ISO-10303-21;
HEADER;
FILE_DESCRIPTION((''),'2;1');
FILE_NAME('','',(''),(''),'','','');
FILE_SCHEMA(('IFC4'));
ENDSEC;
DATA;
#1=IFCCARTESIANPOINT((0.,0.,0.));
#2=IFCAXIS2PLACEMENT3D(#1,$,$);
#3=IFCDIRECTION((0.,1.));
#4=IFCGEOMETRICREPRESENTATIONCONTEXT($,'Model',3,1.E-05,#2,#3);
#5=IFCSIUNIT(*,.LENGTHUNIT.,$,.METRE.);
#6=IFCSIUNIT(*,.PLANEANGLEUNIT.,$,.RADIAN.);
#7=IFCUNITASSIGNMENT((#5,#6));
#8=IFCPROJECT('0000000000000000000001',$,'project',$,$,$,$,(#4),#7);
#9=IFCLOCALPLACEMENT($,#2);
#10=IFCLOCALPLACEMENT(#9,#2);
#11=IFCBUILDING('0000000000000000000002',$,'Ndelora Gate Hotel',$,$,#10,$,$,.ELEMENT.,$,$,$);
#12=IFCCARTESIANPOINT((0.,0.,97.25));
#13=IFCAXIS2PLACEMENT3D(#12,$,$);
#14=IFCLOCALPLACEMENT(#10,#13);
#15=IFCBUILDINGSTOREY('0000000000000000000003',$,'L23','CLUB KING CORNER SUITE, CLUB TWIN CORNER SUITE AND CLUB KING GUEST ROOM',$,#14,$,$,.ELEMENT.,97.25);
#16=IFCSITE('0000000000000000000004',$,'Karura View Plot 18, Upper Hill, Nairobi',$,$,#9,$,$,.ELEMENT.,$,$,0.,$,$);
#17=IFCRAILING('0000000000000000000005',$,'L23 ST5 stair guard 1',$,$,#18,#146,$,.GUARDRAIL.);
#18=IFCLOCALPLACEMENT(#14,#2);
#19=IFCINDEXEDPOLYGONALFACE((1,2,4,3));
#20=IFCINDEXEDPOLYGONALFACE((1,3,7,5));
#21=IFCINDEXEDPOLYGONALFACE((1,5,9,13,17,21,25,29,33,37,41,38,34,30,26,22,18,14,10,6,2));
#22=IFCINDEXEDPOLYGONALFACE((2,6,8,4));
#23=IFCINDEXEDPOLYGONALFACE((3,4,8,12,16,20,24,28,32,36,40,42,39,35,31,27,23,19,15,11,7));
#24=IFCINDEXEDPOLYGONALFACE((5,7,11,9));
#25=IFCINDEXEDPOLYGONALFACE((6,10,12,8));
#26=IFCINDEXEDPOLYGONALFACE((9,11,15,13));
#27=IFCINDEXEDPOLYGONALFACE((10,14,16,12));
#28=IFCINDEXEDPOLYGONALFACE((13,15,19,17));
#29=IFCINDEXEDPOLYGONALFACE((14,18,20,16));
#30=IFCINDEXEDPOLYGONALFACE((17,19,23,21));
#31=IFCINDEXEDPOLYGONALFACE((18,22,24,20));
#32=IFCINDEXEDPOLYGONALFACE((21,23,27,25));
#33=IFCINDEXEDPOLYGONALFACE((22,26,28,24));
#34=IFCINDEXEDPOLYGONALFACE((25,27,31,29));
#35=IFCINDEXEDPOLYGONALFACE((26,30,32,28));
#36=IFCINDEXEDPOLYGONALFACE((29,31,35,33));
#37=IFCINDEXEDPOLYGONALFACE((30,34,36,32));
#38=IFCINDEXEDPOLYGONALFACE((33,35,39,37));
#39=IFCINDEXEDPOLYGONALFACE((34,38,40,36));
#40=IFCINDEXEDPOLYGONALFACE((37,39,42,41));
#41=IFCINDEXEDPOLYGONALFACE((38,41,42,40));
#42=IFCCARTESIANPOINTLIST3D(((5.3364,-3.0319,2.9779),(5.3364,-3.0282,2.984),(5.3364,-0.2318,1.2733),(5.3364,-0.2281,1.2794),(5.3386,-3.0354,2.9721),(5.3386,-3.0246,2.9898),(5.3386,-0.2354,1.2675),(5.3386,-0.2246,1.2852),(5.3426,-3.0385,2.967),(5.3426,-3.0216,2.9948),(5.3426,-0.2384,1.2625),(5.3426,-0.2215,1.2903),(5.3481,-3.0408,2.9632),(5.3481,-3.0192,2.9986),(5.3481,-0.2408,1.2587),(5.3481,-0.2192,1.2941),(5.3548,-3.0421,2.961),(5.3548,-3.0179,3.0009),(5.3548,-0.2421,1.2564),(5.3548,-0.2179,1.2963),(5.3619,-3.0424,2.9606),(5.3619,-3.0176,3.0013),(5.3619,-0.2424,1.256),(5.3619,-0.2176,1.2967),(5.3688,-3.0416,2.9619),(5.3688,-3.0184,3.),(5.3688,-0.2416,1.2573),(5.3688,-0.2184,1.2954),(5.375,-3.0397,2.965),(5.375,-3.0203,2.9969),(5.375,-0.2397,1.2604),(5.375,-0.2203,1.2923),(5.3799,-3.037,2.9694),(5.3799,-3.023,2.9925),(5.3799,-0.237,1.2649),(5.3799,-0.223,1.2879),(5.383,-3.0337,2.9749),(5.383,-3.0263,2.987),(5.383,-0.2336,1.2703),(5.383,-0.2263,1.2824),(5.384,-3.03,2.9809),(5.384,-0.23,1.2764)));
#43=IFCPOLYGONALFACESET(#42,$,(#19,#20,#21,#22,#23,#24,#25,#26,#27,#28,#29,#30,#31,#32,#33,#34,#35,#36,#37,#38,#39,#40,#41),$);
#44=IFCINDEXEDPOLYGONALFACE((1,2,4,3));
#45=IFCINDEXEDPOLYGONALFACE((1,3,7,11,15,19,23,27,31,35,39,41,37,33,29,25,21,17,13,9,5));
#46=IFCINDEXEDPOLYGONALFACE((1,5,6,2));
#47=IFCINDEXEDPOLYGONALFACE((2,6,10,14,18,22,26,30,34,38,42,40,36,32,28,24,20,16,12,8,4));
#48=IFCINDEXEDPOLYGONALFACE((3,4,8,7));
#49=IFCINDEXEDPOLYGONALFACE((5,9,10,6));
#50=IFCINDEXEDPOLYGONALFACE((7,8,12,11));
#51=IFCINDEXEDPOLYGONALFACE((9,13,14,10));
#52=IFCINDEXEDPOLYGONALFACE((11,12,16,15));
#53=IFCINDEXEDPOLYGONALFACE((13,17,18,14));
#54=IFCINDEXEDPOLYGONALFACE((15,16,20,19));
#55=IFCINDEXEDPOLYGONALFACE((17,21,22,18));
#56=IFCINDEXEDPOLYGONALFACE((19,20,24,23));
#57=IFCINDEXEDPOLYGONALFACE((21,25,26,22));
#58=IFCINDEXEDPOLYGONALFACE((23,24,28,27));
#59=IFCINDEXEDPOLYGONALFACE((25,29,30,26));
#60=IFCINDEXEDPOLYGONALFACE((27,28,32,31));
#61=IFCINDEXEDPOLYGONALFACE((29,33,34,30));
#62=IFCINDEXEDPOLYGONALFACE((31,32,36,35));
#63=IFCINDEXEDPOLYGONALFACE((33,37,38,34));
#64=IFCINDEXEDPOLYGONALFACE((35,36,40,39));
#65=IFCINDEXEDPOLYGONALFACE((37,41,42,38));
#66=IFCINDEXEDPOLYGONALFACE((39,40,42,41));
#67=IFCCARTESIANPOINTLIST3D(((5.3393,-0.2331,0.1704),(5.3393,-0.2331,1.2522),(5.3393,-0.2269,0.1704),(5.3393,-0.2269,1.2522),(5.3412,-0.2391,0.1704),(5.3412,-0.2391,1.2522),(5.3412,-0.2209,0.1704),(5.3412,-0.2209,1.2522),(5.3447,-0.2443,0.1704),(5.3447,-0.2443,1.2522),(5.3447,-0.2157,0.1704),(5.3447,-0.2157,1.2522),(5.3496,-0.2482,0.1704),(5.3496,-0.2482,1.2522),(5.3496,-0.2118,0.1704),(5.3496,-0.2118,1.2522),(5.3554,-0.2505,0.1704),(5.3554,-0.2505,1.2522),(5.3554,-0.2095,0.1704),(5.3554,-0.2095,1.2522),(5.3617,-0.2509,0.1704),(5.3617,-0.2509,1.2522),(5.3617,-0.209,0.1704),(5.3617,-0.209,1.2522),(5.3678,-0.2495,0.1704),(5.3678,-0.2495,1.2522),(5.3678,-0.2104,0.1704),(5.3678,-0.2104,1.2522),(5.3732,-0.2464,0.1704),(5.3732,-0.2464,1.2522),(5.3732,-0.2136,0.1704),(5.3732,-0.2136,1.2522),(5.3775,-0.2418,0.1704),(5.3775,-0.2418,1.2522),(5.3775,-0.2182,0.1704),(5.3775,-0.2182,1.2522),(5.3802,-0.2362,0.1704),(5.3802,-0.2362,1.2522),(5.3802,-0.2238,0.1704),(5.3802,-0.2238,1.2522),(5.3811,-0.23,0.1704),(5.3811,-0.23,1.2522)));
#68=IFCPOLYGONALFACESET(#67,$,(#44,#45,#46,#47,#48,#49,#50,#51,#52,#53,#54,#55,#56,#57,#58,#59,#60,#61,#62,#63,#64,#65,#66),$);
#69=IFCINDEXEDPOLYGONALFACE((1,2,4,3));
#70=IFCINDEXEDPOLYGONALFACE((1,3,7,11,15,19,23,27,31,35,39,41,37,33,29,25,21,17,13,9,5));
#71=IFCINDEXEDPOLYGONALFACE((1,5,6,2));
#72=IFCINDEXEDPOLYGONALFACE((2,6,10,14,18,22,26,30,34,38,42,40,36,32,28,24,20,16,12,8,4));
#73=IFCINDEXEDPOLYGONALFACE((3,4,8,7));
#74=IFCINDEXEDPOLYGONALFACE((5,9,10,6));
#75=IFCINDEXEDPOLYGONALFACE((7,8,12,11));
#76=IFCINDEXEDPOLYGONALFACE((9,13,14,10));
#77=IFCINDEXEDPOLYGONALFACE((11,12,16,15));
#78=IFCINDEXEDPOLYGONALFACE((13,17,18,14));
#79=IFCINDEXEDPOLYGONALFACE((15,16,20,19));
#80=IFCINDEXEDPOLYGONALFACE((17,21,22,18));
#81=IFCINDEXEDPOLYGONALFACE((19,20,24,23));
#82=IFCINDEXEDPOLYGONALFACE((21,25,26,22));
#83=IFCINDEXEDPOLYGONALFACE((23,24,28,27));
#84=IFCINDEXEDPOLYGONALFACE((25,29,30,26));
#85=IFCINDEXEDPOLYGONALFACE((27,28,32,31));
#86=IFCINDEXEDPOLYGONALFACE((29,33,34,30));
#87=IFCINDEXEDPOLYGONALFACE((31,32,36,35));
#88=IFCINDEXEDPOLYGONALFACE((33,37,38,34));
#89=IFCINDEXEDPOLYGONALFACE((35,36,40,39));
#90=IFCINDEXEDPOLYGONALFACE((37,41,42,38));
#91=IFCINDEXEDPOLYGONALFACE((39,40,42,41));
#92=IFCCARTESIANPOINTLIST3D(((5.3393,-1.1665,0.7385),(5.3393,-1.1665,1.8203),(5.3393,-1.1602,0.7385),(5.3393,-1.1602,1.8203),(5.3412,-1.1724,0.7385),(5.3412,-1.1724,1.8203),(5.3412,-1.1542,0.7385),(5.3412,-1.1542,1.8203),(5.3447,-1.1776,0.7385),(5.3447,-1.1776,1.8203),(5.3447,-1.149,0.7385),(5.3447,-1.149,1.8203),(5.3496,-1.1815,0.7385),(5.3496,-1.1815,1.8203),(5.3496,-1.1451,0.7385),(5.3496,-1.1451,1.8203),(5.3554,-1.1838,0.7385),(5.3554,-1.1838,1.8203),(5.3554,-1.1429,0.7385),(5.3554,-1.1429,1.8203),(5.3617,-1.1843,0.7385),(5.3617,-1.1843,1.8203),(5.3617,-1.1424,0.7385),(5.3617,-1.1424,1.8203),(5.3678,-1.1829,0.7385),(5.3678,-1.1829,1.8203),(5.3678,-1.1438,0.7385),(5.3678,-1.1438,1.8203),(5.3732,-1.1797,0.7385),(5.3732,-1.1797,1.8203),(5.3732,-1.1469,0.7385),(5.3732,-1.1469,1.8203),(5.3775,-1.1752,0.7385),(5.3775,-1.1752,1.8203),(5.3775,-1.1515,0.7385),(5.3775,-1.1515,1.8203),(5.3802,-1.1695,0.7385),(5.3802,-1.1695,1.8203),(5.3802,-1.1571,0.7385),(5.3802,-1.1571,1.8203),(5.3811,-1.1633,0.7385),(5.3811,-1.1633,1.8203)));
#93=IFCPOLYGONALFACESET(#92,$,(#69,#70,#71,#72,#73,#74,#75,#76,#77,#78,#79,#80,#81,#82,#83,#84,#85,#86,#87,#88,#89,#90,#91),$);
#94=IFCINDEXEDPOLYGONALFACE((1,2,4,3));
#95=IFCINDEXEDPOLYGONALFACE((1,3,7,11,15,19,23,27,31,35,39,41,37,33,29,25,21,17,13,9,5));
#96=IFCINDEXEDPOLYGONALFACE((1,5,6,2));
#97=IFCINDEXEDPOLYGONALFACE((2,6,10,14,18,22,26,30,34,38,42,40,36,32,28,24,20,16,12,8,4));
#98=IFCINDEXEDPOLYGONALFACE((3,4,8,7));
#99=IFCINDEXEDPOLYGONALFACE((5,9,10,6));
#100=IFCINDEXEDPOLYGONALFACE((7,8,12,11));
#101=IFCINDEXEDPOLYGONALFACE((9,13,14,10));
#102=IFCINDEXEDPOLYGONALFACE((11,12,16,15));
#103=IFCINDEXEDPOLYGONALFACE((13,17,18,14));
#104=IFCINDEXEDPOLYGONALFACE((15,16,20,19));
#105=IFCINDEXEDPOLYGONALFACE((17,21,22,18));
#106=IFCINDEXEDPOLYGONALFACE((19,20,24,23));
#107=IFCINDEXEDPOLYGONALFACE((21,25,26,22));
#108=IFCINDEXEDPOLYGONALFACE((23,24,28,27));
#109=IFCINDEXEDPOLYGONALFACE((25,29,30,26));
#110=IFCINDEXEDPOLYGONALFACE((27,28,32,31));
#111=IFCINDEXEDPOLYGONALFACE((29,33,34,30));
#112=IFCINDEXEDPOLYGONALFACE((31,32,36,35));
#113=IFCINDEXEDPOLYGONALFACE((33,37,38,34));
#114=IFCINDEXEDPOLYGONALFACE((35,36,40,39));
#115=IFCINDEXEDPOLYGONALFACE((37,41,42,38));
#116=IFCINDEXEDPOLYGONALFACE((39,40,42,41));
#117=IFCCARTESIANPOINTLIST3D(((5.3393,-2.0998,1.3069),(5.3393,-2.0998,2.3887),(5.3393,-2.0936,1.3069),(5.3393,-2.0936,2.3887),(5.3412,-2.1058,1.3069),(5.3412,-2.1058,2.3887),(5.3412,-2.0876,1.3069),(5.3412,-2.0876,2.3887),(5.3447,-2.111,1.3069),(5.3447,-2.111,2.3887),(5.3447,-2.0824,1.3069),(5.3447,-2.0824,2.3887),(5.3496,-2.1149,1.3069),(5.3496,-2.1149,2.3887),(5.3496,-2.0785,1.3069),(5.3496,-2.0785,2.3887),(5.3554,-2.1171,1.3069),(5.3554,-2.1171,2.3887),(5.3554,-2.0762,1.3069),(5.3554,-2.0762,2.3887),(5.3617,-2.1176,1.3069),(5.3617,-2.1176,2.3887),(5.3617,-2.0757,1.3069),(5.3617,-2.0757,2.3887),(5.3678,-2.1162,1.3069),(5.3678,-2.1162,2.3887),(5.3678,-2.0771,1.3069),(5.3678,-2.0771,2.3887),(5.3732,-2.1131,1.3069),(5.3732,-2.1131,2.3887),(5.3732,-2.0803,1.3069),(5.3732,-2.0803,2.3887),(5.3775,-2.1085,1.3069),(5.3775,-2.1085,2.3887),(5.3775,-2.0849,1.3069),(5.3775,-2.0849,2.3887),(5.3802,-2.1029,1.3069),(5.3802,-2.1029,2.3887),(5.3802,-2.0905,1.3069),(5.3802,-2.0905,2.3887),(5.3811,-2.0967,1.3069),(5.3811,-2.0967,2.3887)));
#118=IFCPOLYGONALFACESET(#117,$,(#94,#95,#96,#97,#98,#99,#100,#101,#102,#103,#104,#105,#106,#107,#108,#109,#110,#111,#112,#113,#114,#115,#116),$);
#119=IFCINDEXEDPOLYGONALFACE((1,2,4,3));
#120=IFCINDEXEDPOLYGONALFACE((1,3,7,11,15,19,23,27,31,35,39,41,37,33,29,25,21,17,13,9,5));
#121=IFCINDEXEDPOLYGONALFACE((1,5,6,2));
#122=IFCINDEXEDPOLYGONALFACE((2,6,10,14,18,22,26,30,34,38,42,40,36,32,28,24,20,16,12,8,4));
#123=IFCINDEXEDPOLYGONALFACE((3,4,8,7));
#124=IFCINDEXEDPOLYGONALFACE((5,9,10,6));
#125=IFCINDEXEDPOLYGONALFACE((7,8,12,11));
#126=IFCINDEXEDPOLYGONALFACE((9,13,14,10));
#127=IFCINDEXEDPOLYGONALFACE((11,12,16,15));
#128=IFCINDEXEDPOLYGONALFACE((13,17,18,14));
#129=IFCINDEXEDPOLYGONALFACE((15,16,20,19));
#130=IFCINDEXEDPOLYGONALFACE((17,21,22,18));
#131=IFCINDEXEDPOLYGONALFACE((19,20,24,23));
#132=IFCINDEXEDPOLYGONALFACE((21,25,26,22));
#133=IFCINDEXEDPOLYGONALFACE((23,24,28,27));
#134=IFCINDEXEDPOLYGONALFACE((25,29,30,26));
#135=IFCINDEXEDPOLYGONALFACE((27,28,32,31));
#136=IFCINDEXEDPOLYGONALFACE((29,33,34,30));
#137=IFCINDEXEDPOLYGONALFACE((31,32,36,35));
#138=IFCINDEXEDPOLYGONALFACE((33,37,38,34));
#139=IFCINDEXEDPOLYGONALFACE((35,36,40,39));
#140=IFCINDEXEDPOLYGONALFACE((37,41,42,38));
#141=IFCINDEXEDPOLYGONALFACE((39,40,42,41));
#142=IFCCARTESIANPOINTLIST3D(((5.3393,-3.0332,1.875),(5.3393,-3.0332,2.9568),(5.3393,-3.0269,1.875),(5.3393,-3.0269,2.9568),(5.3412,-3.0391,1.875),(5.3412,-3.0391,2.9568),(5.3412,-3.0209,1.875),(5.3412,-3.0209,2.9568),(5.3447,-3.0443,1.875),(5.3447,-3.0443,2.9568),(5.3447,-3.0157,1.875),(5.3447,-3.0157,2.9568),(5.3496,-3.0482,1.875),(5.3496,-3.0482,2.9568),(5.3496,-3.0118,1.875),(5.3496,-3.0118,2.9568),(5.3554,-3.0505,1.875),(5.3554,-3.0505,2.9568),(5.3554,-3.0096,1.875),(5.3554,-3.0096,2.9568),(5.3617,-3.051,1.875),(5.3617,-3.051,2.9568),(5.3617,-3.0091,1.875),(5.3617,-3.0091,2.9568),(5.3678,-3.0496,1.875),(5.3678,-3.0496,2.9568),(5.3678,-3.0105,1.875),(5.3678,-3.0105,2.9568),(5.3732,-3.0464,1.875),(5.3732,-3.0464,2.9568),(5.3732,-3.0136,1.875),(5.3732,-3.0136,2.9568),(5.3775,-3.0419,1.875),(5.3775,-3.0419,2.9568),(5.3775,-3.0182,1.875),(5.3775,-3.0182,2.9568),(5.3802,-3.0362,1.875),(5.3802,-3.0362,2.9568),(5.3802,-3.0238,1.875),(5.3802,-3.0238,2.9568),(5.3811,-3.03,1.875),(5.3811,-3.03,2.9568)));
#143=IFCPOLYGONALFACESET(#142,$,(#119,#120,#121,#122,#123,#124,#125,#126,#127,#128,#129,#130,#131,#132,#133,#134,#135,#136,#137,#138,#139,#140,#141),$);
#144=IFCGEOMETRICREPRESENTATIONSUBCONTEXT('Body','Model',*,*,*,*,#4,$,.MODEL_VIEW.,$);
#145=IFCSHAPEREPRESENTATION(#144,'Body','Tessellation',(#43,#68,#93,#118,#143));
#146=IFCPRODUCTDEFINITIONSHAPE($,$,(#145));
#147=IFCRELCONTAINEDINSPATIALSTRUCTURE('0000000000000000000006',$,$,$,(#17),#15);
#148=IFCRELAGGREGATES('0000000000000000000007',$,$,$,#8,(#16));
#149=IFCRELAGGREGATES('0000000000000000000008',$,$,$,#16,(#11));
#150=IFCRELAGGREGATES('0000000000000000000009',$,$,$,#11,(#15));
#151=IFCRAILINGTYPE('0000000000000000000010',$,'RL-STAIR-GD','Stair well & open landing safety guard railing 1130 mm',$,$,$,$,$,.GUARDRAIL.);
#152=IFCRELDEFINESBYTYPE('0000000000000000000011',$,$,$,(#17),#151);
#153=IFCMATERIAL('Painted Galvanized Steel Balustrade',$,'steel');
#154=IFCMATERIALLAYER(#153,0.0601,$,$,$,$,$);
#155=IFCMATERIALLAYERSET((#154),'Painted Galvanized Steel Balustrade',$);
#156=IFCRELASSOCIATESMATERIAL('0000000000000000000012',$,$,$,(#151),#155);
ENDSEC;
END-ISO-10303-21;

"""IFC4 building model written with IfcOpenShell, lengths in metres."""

from ifc_helpers import new_model, si_unit, direction, frame, origin, origin_2d, place, context, subcontext, project, spatial, circle, extrude, material, layer, layer_set, type_object, element, save


model = new_model("IFC4")

# Units and contexts
model_context = context("Model", 3, precision=1e-05, world=origin(), true_north=direction((0.0, 1.0)))
body_context = subcontext(model_context, "Body", "Model", "MODEL_VIEW")
ifc_project = project(units=[si_unit("LENGTHUNIT", "METRE"), si_unit("PLANEANGLEUNIT", "RADIAN")], contexts=[model_context])

# Site, building, storey
site_placement = place(None, origin())
site = spatial("IfcSite", under=ifc_project, at=site_placement, Name="Karura View Plot 18, Upper Hill, Nairobi", CompositionType="ELEMENT", RefElevation=0.0)
building_placement = place(site_placement, origin())
building = spatial("IfcBuilding", under=site, at=building_placement, Name="Ndelora Gate Hotel", CompositionType="ELEMENT")
storey_placement = place(building_placement, frame((0.0, 0.0, 97.25)))
storey = spatial("IfcBuildingStorey", under=building, at=storey_placement, Name="L23", Description="CLUB KING CORNER SUITE, CLUB TWIN CORNER SUITE AND CLUB KING GUEST ROOM", CompositionType="ELEMENT", Elevation=97.25)

# Railing
ifc_material_1 = material(Name="Painted Galvanized Steel Balustrade", Category="steel")
ifc_layer_1 = layer(ifc_material_1, 0.0601)
ifc_layer_set_1 = layer_set([ifc_layer_1], Name="Painted Galvanized Steel Balustrade")
railing_type_1 = type_object("IfcRailingType", Name="RL-STAIR-GD", Description="Stair well & open landing safety guard railing 1130 mm", PredefinedType="GUARDRAIL", material=ifc_layer_set_1)
railing_1_placement = place(storey_placement, frame((5.3601, -0.23, 0.1704)))
element("IfcRailing", 1, at=railing_1_placement, inside=storey, type_object=railing_type_1, Name="L23 ST5 stair guard 1", PredefinedType="GUARDRAIL", context=body_context, shape_type="SweptSolid", body=[
    extrude(circle(Radius=0.0239, at=origin_2d()), frame((0.0, 0.0, 1.106), z_axis=(0.0, -0.85417, 0.519994), x_axis=(1.0, 0.0, 0.0)), (0.0, 0.0, 1.0), 3.2781),
    extrude(circle(Radius=0.021, at=origin_2d()), origin(), (0.0, 0.0, 1.0), 1.0818),
    extrude(circle(Radius=0.021, at=origin_2d()), frame((0.0, -0.9333, 0.5681)), (0.0, 0.0, 1.0), 1.0818),
    extrude(circle(Radius=0.021, at=origin_2d()), frame((0.0, -1.8667, 1.1365)), (0.0, 0.0, 1.0), 1.0818),
    extrude(circle(Radius=0.021, at=origin_2d()), frame((0.0, -2.8, 1.7046)), (0.0, 0.0, 1.0), 1.0818),
])

save(model, "model.ifc")
